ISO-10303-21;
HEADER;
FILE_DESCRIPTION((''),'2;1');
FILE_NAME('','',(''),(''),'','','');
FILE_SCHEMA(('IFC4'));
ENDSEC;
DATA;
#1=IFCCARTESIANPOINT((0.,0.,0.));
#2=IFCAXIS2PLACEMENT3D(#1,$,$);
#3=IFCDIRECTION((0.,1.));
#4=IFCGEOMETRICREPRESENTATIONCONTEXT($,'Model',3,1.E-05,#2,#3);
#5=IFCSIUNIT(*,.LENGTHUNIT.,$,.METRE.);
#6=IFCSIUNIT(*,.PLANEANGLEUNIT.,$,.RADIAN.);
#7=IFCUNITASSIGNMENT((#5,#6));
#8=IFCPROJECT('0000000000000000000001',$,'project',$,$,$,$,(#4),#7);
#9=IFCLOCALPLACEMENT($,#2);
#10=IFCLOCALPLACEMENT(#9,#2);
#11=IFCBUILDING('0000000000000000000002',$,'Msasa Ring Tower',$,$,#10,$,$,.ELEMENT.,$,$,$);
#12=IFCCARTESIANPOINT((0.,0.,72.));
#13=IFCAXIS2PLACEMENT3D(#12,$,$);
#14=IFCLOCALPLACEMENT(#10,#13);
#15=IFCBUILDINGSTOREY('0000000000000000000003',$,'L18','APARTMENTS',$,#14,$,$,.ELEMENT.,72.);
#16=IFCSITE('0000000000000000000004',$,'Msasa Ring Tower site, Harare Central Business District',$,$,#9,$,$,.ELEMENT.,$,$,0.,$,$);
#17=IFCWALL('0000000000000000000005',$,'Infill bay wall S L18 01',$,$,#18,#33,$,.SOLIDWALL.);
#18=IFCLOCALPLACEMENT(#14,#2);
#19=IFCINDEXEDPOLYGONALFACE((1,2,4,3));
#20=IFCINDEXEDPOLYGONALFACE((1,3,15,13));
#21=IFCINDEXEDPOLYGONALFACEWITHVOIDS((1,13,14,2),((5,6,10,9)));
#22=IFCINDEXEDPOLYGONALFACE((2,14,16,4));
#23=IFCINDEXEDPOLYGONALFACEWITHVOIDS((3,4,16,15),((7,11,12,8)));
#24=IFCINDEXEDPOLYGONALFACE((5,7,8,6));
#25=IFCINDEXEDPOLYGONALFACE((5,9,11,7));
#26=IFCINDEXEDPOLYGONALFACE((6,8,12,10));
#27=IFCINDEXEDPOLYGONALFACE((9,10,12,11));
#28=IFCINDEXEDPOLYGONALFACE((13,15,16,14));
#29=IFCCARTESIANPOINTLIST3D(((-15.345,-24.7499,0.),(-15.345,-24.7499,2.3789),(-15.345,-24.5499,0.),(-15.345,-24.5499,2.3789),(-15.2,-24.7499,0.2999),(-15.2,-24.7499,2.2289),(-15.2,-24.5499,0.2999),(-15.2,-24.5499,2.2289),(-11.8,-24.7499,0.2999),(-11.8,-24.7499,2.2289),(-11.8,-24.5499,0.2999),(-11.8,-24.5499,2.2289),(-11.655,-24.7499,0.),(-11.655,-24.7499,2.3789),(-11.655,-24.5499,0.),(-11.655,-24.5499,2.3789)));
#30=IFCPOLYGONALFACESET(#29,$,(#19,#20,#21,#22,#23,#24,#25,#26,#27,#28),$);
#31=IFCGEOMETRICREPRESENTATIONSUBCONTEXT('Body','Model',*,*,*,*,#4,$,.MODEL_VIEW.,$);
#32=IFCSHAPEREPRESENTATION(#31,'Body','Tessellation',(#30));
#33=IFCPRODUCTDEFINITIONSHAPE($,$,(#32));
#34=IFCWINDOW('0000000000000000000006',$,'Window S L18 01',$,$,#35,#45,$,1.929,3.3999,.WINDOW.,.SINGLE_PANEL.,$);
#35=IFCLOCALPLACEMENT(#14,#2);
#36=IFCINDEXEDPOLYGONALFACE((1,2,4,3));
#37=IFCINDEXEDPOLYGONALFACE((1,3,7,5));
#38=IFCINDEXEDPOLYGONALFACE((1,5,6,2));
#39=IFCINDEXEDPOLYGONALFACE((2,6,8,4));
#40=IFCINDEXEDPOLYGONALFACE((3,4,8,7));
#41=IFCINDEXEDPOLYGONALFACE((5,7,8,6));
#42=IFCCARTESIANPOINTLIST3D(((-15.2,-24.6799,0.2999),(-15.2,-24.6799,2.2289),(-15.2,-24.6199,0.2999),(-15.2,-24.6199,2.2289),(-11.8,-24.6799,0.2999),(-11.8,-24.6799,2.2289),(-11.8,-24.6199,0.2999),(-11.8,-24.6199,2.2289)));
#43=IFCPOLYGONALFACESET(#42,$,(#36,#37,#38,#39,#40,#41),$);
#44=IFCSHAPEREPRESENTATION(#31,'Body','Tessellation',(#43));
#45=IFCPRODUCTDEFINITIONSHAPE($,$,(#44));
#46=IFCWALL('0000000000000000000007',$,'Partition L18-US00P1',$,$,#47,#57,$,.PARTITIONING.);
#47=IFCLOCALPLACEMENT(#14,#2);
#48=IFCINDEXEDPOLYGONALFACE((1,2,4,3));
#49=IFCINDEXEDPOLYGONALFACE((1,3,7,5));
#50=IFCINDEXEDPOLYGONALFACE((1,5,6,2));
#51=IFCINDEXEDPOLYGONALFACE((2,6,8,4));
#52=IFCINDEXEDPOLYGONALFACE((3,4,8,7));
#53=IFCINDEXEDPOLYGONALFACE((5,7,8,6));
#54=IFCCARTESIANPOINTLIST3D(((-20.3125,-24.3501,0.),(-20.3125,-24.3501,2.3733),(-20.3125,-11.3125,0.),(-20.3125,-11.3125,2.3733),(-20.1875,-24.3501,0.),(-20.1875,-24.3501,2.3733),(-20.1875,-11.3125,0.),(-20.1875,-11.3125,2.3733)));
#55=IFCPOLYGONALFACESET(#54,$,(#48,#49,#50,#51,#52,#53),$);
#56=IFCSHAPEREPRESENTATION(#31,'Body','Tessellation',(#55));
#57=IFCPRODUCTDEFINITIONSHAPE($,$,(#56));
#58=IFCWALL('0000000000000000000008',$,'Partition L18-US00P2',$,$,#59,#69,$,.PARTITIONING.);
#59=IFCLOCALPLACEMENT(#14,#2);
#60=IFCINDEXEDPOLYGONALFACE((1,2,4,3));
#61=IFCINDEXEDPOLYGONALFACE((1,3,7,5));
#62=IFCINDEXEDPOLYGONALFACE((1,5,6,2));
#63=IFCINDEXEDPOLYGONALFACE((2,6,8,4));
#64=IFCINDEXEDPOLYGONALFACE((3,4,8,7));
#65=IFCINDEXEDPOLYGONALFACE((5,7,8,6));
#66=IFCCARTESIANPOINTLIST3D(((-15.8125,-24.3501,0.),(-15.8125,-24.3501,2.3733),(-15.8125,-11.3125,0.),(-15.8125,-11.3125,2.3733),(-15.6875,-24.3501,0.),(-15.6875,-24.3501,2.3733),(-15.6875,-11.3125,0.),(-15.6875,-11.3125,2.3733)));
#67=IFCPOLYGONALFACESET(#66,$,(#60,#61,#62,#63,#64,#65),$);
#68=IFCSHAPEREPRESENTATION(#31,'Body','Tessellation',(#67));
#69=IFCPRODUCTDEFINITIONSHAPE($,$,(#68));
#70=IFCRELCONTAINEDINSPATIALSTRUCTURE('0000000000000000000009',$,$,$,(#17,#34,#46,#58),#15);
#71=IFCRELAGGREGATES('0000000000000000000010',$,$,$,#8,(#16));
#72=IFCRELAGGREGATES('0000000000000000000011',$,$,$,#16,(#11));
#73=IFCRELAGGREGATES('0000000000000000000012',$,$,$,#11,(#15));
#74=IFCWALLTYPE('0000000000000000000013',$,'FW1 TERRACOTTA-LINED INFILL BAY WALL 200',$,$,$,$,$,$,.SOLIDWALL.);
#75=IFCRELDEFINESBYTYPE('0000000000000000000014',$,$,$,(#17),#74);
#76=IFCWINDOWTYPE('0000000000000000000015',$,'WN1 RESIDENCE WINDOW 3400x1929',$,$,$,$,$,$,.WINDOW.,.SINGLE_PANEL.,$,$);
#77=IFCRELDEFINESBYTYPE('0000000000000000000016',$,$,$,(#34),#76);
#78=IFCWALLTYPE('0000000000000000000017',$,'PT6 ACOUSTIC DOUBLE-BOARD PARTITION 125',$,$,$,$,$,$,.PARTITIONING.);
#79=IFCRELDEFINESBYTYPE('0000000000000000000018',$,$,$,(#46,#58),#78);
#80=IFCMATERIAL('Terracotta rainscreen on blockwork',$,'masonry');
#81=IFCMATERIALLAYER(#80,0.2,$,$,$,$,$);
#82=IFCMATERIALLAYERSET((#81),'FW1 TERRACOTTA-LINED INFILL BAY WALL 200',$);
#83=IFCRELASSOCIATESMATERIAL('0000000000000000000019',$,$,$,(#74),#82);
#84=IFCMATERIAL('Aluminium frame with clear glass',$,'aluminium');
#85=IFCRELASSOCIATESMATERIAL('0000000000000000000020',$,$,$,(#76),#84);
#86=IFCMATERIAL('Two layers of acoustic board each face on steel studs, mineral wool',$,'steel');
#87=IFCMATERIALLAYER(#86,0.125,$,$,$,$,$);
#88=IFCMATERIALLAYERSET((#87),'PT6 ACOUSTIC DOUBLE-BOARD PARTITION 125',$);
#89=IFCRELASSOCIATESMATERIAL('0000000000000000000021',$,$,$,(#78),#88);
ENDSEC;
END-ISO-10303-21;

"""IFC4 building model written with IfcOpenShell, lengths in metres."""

from ifc_helpers import new_model, si_unit, direction, frame, frame_2d, origin, place, context, subcontext, project, spatial, rectangle, extrude, material, layer, layer_set, type_object, element, fill, save


model = new_model("IFC4")

# Units and contexts
model_context = context("Model", 3, precision=1e-05, world=origin(), true_north=direction((0.0, 1.0)))
body_context = subcontext(model_context, "Body", "Model", "MODEL_VIEW")
ifc_project = project(units=[si_unit("LENGTHUNIT", "METRE"), si_unit("PLANEANGLEUNIT", "RADIAN")], contexts=[model_context])

# Site, building, storey
site_placement = place(None, origin())
site = spatial("IfcSite", under=ifc_project, at=site_placement, Name="Msasa Ring Tower site, Harare Central Business District", CompositionType="ELEMENT", RefElevation=0.0)
building_placement = place(site_placement, origin())
building = spatial("IfcBuilding", under=site, at=building_placement, Name="Msasa Ring Tower", CompositionType="ELEMENT")
storey_placement = place(building_placement, frame((0.0, 0.0, 72.0)))
storey = spatial("IfcBuildingStorey", under=building, at=storey_placement, Name="L18", Description="APARTMENTS", CompositionType="ELEMENT", Elevation=72.0)

# Wall, opening, window
ifc_material_1 = material(Name="Terracotta rainscreen on blockwork", Category="masonry")
ifc_layer_1 = layer(ifc_material_1, 0.2)
ifc_layer_set_1 = layer_set([ifc_layer_1], Name="FW1 TERRACOTTA-LINED INFILL BAY WALL 200")
wall_type_1 = type_object("IfcWallType", Name="FW1 TERRACOTTA-LINED INFILL BAY WALL 200", PredefinedType="SOLIDWALL", material=ifc_layer_set_1)
ifc_material_2 = material(Name="Aluminium frame with clear glass", Category="aluminium")
window_type = type_object("IfcWindowType", Name="WN1 RESIDENCE WINDOW 3400x1929", PartitioningType="SINGLE_PANEL", PredefinedType="WINDOW", material=ifc_material_2)
wall_1_placement = place(storey_placement, frame((-15.345, -24.6499, 0.0), z_axis=(0.0, 0.0, 1.0), x_axis=(1.0, 0.0, 0.0)))
wall_1 = element("IfcWall", 1, at=wall_1_placement, inside=storey, type_object=wall_type_1, Name="Infill bay wall S L18 01", PredefinedType="SOLIDWALL", context=body_context, shape_type="SweptSolid", body=[
    extrude(rectangle(XDim=3.6899, YDim=0.2, at=frame_2d((1.845, 0.0))), origin(), (0.0, 0.0, 1.0), 2.3789),
])
opening_1_placement = place(wall_1_placement, frame((0.145, 0.0, 0.3)))
opening_1 = element("IfcOpeningElement", 2, at=opening_1_placement, cuts=wall_1, PredefinedType="OPENING", context=body_context, shape_type="SweptSolid", body=[
    extrude(rectangle(XDim=3.3999, YDim=1.929, at=frame_2d((1.7, 0.9644))), frame((0.0, 0.1099, 0.0), z_axis=(0.0, -1.0, 0.0), x_axis=(1.0, 0.0, 0.0)), (0.0, 0.0, 1.0), 0.22),
])
window_1_placement = place(opening_1_placement, origin())
window_1 = element("IfcWindow", 3, at=window_1_placement, inside=storey, type_object=window_type, Name="Window S L18 01", OverallHeight=1.929, OverallWidth=3.3999, PartitioningType="SINGLE_PANEL", PredefinedType="WINDOW", context=body_context, shape_type="SweptSolid", body=[
    extrude(rectangle(XDim=3.3999, YDim=1.929, at=frame_2d((1.7, 0.9644))), frame((0.0, 0.03, 0.0), z_axis=(0.0, -1.0, 0.0), x_axis=(1.0, 0.0, 0.0)), (0.0, 0.0, 1.0), 0.0601),
])
fill(opening_1, window_1)

# Walls
ifc_material_3 = material(Name="Two layers of acoustic board each face on steel studs, mineral wool", Category="steel")
ifc_layer_2 = layer(ifc_material_3, 0.125)
ifc_layer_set_2 = layer_set([ifc_layer_2], Name="PT6 ACOUSTIC DOUBLE-BOARD PARTITION 125")
wall_type_2 = type_object("IfcWallType", Name="PT6 ACOUSTIC DOUBLE-BOARD PARTITION 125", PredefinedType="PARTITIONING", material=ifc_layer_set_2)
for number, where, z_axis, x_axis, name in (
    (4, (-20.25, -24.3501, 0.0), (0.0, 0.0, 1.0), (0.0, 1.0, 0.0), "Partition L18-US00P1"),
    (5, (-15.75, -24.3501, 0.0), (0.0, 0.0, 1.0), (0.0, 1.0, 0.0), "Partition L18-US00P2"),
):
    element("IfcWall", number, at=place(storey_placement, frame(where, z_axis=z_axis, x_axis=x_axis)), inside=storey, type_object=wall_type_2, Name=name, PredefinedType="PARTITIONING", context=body_context, shape_type="SweptSolid", body=[
        extrude(rectangle(XDim=13.0376, YDim=0.125, at=frame_2d((6.5188, 0.0))), origin(), (0.0, 0.0, 1.0), 2.3733),
    ])

save(model, "model.ifc")
